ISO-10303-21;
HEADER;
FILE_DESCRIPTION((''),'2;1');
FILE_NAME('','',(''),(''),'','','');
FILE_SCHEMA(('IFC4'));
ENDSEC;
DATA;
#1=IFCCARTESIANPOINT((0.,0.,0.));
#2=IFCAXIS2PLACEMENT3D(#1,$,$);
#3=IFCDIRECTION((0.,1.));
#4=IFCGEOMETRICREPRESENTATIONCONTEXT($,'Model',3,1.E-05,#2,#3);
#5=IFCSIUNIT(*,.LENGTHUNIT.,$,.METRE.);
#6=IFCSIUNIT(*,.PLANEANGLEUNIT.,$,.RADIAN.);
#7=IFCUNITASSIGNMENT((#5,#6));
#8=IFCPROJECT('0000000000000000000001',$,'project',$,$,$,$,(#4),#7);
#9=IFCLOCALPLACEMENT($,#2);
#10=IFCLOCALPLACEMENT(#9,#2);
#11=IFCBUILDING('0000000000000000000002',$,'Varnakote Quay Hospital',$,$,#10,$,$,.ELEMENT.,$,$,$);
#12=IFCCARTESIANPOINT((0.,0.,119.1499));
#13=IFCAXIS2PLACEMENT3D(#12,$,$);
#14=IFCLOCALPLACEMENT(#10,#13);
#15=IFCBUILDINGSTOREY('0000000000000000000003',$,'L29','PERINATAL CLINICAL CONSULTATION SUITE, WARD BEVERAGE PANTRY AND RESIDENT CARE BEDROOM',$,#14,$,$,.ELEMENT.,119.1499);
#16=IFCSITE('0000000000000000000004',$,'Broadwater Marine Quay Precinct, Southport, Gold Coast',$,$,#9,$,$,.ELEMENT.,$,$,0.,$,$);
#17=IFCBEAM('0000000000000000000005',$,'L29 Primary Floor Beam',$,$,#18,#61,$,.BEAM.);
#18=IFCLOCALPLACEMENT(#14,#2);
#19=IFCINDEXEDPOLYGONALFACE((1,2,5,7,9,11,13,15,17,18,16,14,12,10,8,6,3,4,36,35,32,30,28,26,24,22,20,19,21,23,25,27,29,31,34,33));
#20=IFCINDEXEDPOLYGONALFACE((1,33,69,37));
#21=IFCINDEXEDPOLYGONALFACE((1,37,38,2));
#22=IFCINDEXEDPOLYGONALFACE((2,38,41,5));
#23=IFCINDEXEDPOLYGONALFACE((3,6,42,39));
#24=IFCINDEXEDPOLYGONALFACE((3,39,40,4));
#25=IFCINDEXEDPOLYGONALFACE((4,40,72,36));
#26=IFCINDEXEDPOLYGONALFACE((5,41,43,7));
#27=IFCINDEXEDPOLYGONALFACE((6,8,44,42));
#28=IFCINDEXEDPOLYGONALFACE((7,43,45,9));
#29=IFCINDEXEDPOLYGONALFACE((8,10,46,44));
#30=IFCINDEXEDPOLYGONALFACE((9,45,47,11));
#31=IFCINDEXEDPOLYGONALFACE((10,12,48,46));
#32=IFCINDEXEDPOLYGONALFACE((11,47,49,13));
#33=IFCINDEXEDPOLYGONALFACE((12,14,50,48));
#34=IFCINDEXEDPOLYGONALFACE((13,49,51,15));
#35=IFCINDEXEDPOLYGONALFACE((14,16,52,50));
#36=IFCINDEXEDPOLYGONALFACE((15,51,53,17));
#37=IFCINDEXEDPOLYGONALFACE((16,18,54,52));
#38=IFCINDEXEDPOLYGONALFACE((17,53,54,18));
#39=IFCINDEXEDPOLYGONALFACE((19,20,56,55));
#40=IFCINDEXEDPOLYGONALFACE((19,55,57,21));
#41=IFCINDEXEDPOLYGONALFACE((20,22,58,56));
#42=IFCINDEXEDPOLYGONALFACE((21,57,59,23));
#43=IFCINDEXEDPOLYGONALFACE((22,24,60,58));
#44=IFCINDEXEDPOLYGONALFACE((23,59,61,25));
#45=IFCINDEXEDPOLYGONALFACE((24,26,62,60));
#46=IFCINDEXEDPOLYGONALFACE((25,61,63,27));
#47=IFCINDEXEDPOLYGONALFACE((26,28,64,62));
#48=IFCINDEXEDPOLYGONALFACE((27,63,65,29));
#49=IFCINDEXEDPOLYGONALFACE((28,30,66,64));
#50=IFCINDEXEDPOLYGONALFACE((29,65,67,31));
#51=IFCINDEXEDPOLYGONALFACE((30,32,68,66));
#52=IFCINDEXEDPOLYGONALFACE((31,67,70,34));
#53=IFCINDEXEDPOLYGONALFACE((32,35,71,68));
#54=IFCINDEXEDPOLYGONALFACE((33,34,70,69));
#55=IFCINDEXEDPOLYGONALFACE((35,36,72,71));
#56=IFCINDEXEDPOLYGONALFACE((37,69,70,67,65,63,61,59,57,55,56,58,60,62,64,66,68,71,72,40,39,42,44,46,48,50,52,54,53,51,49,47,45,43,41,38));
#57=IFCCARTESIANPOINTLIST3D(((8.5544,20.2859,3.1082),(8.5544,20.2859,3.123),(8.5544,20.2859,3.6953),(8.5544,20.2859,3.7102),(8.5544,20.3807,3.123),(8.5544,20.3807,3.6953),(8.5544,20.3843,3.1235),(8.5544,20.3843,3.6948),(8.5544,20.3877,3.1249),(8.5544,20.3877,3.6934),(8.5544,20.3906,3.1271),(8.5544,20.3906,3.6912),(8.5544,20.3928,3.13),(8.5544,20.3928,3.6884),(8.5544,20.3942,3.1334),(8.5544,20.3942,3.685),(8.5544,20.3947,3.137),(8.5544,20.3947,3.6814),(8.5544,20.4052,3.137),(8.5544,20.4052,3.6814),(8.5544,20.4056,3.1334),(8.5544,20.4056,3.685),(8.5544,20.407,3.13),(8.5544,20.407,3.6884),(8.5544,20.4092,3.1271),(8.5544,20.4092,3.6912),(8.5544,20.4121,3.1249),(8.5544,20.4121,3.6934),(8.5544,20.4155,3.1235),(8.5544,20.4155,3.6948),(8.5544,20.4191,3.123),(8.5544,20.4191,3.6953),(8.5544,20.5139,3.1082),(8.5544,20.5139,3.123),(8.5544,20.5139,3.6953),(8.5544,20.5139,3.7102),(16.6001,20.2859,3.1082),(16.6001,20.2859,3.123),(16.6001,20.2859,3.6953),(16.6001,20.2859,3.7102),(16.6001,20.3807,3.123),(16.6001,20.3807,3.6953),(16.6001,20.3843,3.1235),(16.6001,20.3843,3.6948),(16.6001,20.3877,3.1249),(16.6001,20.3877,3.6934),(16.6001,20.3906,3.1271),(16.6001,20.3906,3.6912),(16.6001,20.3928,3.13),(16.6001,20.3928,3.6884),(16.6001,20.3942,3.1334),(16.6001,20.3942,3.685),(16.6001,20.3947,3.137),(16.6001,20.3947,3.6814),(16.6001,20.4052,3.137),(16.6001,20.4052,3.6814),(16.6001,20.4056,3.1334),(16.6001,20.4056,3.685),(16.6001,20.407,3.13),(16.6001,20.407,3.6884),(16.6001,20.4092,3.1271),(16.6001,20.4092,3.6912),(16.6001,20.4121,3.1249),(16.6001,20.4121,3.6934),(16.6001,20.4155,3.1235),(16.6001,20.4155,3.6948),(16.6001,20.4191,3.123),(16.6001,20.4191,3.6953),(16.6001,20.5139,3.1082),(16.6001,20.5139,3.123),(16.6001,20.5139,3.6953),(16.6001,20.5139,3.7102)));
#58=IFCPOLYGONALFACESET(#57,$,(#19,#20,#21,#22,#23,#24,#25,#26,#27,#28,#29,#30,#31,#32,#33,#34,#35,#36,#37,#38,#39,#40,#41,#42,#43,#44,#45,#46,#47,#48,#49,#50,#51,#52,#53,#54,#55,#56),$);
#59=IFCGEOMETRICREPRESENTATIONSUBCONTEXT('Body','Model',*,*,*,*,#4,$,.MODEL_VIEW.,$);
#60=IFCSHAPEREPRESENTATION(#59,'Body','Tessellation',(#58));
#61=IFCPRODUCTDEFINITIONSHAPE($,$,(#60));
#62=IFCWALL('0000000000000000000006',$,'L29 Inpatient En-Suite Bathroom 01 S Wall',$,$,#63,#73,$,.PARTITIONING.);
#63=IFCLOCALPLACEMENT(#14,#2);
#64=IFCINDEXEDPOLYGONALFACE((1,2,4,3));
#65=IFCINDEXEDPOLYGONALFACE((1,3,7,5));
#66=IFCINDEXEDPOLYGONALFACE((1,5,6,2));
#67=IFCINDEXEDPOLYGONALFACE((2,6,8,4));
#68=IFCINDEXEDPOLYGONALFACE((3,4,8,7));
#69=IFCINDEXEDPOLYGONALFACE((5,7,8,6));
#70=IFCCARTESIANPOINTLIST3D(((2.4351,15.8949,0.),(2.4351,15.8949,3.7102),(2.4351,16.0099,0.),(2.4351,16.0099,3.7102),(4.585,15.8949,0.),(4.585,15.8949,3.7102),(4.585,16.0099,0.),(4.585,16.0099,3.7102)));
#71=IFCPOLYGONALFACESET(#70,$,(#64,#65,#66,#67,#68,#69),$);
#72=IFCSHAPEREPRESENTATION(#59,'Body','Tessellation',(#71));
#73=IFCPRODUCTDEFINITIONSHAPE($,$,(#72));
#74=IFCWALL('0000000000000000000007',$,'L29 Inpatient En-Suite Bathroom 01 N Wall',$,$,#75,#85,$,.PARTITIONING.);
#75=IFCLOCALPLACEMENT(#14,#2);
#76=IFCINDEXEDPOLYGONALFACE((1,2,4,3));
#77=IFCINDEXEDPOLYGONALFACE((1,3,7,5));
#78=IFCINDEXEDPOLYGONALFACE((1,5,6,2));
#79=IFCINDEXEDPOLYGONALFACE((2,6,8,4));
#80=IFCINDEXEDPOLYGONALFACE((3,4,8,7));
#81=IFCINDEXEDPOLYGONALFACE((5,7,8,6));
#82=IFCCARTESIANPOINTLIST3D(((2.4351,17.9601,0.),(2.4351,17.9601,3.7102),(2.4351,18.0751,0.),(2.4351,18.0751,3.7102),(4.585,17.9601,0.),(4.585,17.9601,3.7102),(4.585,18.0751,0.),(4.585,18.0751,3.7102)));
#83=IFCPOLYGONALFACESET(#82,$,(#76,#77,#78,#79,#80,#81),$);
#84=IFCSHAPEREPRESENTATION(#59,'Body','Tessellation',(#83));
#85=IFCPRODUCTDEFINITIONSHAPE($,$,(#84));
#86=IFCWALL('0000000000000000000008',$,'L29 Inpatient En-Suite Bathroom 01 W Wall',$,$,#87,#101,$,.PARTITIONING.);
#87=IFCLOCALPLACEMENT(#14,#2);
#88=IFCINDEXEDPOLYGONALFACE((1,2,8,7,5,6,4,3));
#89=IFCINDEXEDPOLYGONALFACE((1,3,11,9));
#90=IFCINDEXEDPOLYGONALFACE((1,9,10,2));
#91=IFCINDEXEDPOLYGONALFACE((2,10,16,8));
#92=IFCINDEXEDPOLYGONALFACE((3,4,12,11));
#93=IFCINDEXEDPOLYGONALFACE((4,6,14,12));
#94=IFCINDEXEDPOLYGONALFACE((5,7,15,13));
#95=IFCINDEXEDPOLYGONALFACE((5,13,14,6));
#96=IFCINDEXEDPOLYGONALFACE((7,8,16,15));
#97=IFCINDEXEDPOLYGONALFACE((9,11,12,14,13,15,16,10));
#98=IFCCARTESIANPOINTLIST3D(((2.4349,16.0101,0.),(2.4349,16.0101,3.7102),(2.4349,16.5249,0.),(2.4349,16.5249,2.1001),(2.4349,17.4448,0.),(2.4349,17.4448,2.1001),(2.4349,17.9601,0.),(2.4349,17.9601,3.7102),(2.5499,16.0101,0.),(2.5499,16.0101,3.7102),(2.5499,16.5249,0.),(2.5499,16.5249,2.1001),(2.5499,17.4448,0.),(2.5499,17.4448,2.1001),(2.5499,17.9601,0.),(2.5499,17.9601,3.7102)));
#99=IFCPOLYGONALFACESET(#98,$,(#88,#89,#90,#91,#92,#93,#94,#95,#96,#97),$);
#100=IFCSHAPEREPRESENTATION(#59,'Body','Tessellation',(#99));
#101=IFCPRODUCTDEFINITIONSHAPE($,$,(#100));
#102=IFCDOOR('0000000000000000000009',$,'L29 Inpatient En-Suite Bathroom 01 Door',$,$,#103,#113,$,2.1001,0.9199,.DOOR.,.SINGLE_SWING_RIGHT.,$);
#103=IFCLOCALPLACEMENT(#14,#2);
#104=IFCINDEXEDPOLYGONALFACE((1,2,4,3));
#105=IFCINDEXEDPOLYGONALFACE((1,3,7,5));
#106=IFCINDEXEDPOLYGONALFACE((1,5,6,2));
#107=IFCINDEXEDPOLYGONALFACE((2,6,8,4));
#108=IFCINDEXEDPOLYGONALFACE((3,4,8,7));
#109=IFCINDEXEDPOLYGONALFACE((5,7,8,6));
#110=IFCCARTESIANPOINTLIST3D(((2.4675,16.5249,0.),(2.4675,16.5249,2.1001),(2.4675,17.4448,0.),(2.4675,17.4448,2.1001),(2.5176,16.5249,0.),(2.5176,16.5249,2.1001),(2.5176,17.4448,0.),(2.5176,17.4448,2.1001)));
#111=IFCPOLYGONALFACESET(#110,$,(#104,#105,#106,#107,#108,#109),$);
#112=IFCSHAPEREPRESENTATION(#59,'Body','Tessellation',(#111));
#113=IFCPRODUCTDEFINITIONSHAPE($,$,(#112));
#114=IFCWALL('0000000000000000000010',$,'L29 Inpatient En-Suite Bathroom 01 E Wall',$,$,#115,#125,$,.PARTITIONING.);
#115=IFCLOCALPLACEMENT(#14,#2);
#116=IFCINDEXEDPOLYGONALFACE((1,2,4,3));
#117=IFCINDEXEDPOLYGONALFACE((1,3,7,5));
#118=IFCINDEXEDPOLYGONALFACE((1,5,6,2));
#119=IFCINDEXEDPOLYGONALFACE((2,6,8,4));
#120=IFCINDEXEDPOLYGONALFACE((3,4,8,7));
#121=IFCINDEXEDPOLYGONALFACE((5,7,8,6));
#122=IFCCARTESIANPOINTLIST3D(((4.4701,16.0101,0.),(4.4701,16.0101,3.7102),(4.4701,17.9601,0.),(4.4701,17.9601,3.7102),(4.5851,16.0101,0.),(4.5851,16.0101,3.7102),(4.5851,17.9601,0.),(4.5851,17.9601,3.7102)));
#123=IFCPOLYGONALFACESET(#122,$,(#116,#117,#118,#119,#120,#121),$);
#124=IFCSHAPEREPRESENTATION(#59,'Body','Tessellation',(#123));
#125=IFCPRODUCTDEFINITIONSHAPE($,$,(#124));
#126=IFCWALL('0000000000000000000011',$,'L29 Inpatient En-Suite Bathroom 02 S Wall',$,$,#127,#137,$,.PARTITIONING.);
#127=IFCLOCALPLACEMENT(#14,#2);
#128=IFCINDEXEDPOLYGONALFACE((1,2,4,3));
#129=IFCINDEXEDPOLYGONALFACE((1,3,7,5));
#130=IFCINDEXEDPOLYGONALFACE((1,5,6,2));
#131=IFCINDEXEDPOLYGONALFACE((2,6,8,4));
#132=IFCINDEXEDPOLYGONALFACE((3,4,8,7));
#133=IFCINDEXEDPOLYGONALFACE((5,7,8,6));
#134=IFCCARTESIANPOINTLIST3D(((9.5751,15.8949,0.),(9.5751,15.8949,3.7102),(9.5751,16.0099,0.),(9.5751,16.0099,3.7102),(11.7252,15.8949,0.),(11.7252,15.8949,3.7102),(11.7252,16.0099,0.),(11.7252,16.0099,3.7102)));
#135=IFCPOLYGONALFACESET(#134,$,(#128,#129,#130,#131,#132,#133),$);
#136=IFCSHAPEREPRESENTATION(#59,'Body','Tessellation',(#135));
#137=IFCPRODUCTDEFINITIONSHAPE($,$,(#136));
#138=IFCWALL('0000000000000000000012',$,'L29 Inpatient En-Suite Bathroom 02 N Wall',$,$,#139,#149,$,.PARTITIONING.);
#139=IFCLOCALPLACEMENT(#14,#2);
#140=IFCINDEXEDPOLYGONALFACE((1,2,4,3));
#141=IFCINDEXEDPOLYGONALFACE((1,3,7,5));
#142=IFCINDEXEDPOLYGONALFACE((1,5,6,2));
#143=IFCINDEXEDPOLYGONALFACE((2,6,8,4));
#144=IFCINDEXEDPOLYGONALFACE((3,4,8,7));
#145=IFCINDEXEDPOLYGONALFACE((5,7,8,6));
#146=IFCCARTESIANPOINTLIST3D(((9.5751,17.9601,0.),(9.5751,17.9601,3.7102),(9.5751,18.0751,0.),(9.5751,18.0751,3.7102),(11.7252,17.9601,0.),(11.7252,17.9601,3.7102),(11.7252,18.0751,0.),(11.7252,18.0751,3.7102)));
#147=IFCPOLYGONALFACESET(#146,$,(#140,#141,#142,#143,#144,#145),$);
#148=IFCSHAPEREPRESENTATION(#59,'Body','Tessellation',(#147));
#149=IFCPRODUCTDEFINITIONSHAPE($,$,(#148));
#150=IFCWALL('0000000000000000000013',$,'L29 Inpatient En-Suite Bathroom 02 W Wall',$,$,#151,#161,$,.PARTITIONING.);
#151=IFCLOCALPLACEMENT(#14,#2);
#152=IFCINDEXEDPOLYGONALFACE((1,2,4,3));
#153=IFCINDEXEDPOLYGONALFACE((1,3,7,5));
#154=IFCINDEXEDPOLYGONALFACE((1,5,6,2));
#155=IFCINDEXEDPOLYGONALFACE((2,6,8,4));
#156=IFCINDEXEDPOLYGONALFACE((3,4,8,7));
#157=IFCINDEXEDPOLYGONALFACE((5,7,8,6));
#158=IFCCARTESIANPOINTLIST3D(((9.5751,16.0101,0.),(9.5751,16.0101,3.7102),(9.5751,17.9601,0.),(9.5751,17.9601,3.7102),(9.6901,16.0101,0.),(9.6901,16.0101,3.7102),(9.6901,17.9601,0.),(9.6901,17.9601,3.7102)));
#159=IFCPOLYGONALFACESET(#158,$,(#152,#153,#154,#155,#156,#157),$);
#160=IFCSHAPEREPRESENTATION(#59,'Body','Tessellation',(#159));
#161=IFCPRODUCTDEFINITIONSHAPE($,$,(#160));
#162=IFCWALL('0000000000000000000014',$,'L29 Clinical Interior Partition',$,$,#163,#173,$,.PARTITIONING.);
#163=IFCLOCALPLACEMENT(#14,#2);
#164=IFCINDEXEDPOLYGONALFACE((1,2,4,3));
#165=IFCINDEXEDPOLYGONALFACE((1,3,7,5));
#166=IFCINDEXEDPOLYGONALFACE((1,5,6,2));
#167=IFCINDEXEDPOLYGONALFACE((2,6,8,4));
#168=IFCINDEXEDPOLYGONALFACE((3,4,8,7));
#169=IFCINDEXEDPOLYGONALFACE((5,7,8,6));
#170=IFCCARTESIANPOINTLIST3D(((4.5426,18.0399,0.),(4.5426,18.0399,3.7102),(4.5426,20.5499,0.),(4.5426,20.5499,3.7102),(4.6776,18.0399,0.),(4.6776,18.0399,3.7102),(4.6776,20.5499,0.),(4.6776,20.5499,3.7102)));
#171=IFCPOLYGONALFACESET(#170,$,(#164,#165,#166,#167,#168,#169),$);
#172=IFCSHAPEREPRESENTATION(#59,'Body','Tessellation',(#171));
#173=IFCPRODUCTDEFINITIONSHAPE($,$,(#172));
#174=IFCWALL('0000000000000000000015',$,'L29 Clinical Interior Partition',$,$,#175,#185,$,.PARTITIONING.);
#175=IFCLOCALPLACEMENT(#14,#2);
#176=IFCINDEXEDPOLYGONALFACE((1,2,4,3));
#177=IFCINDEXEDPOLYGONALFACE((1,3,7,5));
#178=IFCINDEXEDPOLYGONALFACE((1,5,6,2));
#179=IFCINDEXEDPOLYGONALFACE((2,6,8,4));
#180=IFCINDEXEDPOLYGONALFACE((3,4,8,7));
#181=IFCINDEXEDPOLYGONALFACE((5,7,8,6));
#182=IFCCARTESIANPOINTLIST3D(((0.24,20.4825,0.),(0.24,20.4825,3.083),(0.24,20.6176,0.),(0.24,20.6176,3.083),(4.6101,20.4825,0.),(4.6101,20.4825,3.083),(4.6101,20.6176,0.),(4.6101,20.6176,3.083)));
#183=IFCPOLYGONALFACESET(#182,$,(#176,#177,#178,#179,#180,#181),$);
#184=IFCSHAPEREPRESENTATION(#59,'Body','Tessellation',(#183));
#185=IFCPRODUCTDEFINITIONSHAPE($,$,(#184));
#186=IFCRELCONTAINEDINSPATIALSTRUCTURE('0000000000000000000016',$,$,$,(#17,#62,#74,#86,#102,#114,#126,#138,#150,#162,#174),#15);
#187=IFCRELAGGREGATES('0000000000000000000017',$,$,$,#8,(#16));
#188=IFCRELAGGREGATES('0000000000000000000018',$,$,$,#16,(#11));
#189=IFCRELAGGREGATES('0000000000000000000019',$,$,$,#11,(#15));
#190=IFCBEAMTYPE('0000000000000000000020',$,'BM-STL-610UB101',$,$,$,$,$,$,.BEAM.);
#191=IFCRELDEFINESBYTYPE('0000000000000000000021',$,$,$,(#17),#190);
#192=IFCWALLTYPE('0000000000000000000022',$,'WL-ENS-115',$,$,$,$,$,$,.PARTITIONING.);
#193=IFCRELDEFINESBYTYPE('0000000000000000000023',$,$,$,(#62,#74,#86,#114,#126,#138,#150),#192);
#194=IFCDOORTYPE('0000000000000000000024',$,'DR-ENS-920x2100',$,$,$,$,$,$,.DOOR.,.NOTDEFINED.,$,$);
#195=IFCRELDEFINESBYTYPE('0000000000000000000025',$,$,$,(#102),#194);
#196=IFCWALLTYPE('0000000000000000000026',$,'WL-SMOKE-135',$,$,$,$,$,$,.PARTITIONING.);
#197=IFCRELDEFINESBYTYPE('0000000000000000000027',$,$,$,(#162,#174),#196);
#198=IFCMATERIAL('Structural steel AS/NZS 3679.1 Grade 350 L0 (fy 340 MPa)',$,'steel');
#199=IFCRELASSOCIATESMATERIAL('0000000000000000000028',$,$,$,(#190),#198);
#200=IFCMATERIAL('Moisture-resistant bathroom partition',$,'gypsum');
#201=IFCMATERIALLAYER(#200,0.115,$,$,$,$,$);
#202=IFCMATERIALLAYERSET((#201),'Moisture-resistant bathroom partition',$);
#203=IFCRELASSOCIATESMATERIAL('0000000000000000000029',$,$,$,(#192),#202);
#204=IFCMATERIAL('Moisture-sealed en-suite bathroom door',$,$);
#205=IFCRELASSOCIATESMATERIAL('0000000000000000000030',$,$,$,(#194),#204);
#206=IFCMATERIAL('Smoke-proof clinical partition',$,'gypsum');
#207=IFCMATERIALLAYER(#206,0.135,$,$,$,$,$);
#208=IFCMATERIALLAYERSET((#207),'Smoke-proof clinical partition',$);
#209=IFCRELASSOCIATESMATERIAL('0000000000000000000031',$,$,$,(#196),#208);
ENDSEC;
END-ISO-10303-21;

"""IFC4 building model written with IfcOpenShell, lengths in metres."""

from ifc_helpers import new_model, si_unit, direction, frame, frame_2d, origin, origin_2d, place, context, subcontext, project, spatial, rectangle, i_section, extrude, material, layer, layer_set, material_profile, profile_set, type_object, element, fill, save


model = new_model("IFC4")

# Units and contexts
model_context = context("Model", 3, precision=1e-05, world=origin(), true_north=direction((0.0, 1.0)))
body_context = subcontext(model_context, "Body", "Model", "MODEL_VIEW")
ifc_project = project(units=[si_unit("LENGTHUNIT", "METRE"), si_unit("PLANEANGLEUNIT", "RADIAN")], contexts=[model_context])

# Site, building, storey
site_placement = place(None, origin())
site = spatial("IfcSite", under=ifc_project, at=site_placement, Name="Broadwater Marine Quay Precinct, Southport, Gold Coast", CompositionType="ELEMENT", RefElevation=0.0)
building_placement = place(site_placement, origin())
building = spatial("IfcBuilding", under=site, at=building_placement, Name="Varnakote Quay Hospital", CompositionType="ELEMENT")
storey_placement = place(building_placement, frame((0.0, 0.0, 119.1499)))
storey = spatial("IfcBuildingStorey", under=building, at=storey_placement, Name="L29", Description="PERINATAL CLINICAL CONSULTATION SUITE, WARD BEVERAGE PANTRY AND RESIDENT CARE BEDROOM", CompositionType="ELEMENT", Elevation=119.1499)

# Beam
ifc_material_1 = material(Name="Structural steel AS/NZS 3679.1 Grade 350 L0 (fy 340 MPa)", Category="steel")
ifc_material_profile_1 = material_profile(ifc_material_1, i_section(OverallWidth=0.228, OverallDepth=0.6021, WebThickness=0.0105, FlangeThickness=0.0149, FilletRadius=0.0139, at=origin_2d()), Name="610UB101")
ifc_profile_set_1 = profile_set([ifc_material_profile_1], Name="Structural steel AS/NZS 3679.1 Grade 350 L0 (fy 340 MPa)")
beam_type_1 = type_object("IfcBeamType", Name="BM-STL-610UB101", PredefinedType="BEAM", material=ifc_profile_set_1)
beam_1_placement = place(storey_placement, frame((8.5544, 20.3999, 3.4092), z_axis=(1.0, 0.0, 0.0), x_axis=(0.0, 1.0, 0.0)))
element("IfcBeam", 1, at=beam_1_placement, inside=storey, type_object=beam_type_1, Name="L29 Primary Floor Beam", PredefinedType="BEAM", context=body_context, shape_type="SweptSolid", body=[
    extrude(i_section(OverallWidth=0.228, OverallDepth=0.6021, WebThickness=0.0105, FlangeThickness=0.0149, FilletRadius=0.0139, at=origin_2d()), origin(), (0.0, 0.0, 1.0), 8.0457),
])

# Walls
ifc_material_2 = material(Name="Moisture-resistant bathroom partition", Category="gypsum")
ifc_layer_1 = layer(ifc_material_2, 0.115)
ifc_layer_set_1 = layer_set([ifc_layer_1], Name="Moisture-resistant bathroom partition")
wall_type_1 = type_object("IfcWallType", Name="WL-ENS-115", PredefinedType="PARTITIONING", material=ifc_layer_set_1)
for number, where, z_axis, x_axis, name in (
    (2, (2.4351, 15.9524, 0.0), (0.0, 0.0, 1.0), (1.0, 0.0, 0.0), "L29 Inpatient En-Suite Bathroom 01 S Wall"),
    (3, (2.4351, 18.0176, 0.0), (0.0, 0.0, 1.0), (1.0, 0.0, 0.0), "L29 Inpatient En-Suite Bathroom 01 N Wall"),
):
    element("IfcWall", number, at=place(storey_placement, frame(where, z_axis=z_axis, x_axis=x_axis)), inside=storey, type_object=wall_type_1, Name=name, PredefinedType="PARTITIONING", context=body_context, shape_type="SweptSolid", body=[
        extrude(rectangle(XDim=2.1499, YDim=0.115, at=frame_2d((1.075, 0.0))), origin(), (0.0, 0.0, 1.0), 3.7102),
    ])

# Wall, opening, door
wall_1_placement = place(storey_placement, frame((2.4924, 16.01, 0.0), z_axis=(0.0, 0.0, 1.0), x_axis=(0.0, 1.0, 0.0)))
wall_1 = element("IfcWall", 4, at=wall_1_placement, inside=storey, type_object=wall_type_1, Name="L29 Inpatient En-Suite Bathroom 01 W Wall", PredefinedType="PARTITIONING", context=body_context, shape_type="SweptSolid", body=[
    extrude(rectangle(XDim=1.95, YDim=0.115, at=frame_2d((0.9751, 0.0))), origin(), (0.0, 0.0, 1.0), 3.7102),
])
opening_1_placement = place(wall_1_placement, frame((0.5149, 0.0, 0.0)))
opening_1 = element("IfcOpeningElement", 5, at=opening_1_placement, cuts=wall_1, PredefinedType="OPENING", context=body_context, shape_type="SweptSolid", body=[
    extrude(rectangle(XDim=0.9199, YDim=2.1001, at=frame_2d((0.46, 1.05))), frame((0.0, 0.0674, 0.0), z_axis=(0.0, -1.0, 0.0), x_axis=(1.0, 0.0, 0.0)), (0.0, 0.0, 1.0), 0.135),
])
ifc_material_3 = material(Name="Moisture-sealed en-suite bathroom door")
door_type_1 = type_object("IfcDoorType", Name="DR-ENS-920x2100", OperationType="NOTDEFINED", PredefinedType="DOOR", material=ifc_material_3)
door_1_placement = place(opening_1_placement, origin())
door_1 = element("IfcDoor", 6, at=door_1_placement, inside=storey, type_object=door_type_1, Name="L29 Inpatient En-Suite Bathroom 01 Door", OperationType="SINGLE_SWING_RIGHT", OverallHeight=2.1001, OverallWidth=0.9199, PredefinedType="DOOR", context=body_context, shape_type="SweptSolid", body=[
    extrude(rectangle(XDim=0.9199, YDim=2.1001, at=frame_2d((0.46, 1.05))), frame((0.0, 0.0249, 0.0), z_axis=(0.0, -1.0, 0.0), x_axis=(1.0, 0.0, 0.0)), (0.0, 0.0, 1.0), 0.05),
])
fill(opening_1, door_1)

# Walls
wall_2_placement = place(storey_placement, frame((4.5276, 16.01, 0.0), z_axis=(0.0, 0.0, 1.0), x_axis=(0.0, 1.0, 0.0)))
element("IfcWall", 7, at=wall_2_placement, inside=storey, type_object=wall_type_1, Name="L29 Inpatient En-Suite Bathroom 01 E Wall", PredefinedType="PARTITIONING", context=body_context, shape_type="SweptSolid", body=[
    extrude(rectangle(XDim=1.95, YDim=0.115, at=frame_2d((0.9751, 0.0))), origin(), (0.0, 0.0, 1.0), 3.7102),
])
for number, where, z_axis, x_axis, name in (
    (8, (9.575, 15.9524, 0.0), (0.0, 0.0, 1.0), (1.0, 0.0, 0.0), "L29 Inpatient En-Suite Bathroom 02 S Wall"),
    (9, (9.575, 18.0176, 0.0), (0.0, 0.0, 1.0), (1.0, 0.0, 0.0), "L29 Inpatient En-Suite Bathroom 02 N Wall"),
):
    element("IfcWall", number, at=place(storey_placement, frame(where, z_axis=z_axis, x_axis=x_axis)), inside=storey, type_object=wall_type_1, Name=name, PredefinedType="PARTITIONING", context=body_context, shape_type="SweptSolid", body=[
        extrude(rectangle(XDim=2.1501, YDim=0.115, at=frame_2d((1.0752, 0.0))), origin(), (0.0, 0.0, 1.0), 3.7102),
    ])
wall_3_placement = place(storey_placement, frame((9.6326, 16.01, 0.0), z_axis=(0.0, 0.0, 1.0), x_axis=(0.0, 1.0, 0.0)))
element("IfcWall", 10, at=wall_3_placement, inside=storey, type_object=wall_type_1, Name="L29 Inpatient En-Suite Bathroom 02 W Wall", PredefinedType="PARTITIONING", context=body_context, shape_type="SweptSolid", body=[
    extrude(rectangle(XDim=1.95, YDim=0.115, at=frame_2d((0.9751, 0.0))), origin(), (0.0, 0.0, 1.0), 3.7102),
])
ifc_material_4 = material(Name="Smoke-proof clinical partition", Category="gypsum")
ifc_layer_2 = layer(ifc_material_4, 0.135)
ifc_layer_set_2 = layer_set([ifc_layer_2], Name="Smoke-proof clinical partition")
wall_type_2 = type_object("IfcWallType", Name="WL-SMOKE-135", PredefinedType="PARTITIONING", material=ifc_layer_set_2)
wall_4_placement = place(storey_placement, frame((4.6101, 18.04, 0.0), z_axis=(0.0, 0.0, 1.0), x_axis=(0.0, 1.0, 0.0)))
element("IfcWall", 11, at=wall_4_placement, inside=storey, type_object=wall_type_2, Name="L29 Clinical Interior Partition", PredefinedType="PARTITIONING", context=body_context, shape_type="SweptSolid", body=[
    extrude(rectangle(XDim=2.51, YDim=0.135, at=frame_2d((1.2549, 0.0))), origin(), (0.0, 0.0, 1.0), 3.7102),
])
wall_5_placement = place(storey_placement, frame((4.6101, 20.55, 0.0), z_axis=(0.0, 0.0, 1.0), x_axis=(-1.0, 0.0, 0.0)))
element("IfcWall", 12, at=wall_5_placement, inside=storey, type_object=wall_type_2, Name="L29 Clinical Interior Partition", PredefinedType="PARTITIONING", context=body_context, shape_type="SweptSolid", body=[
    extrude(rectangle(XDim=4.3701, YDim=0.135, at=frame_2d((2.1851, 0.0))), origin(), (0.0, 0.0, 1.0), 3.083),
])

save(model, "model.ifc")
